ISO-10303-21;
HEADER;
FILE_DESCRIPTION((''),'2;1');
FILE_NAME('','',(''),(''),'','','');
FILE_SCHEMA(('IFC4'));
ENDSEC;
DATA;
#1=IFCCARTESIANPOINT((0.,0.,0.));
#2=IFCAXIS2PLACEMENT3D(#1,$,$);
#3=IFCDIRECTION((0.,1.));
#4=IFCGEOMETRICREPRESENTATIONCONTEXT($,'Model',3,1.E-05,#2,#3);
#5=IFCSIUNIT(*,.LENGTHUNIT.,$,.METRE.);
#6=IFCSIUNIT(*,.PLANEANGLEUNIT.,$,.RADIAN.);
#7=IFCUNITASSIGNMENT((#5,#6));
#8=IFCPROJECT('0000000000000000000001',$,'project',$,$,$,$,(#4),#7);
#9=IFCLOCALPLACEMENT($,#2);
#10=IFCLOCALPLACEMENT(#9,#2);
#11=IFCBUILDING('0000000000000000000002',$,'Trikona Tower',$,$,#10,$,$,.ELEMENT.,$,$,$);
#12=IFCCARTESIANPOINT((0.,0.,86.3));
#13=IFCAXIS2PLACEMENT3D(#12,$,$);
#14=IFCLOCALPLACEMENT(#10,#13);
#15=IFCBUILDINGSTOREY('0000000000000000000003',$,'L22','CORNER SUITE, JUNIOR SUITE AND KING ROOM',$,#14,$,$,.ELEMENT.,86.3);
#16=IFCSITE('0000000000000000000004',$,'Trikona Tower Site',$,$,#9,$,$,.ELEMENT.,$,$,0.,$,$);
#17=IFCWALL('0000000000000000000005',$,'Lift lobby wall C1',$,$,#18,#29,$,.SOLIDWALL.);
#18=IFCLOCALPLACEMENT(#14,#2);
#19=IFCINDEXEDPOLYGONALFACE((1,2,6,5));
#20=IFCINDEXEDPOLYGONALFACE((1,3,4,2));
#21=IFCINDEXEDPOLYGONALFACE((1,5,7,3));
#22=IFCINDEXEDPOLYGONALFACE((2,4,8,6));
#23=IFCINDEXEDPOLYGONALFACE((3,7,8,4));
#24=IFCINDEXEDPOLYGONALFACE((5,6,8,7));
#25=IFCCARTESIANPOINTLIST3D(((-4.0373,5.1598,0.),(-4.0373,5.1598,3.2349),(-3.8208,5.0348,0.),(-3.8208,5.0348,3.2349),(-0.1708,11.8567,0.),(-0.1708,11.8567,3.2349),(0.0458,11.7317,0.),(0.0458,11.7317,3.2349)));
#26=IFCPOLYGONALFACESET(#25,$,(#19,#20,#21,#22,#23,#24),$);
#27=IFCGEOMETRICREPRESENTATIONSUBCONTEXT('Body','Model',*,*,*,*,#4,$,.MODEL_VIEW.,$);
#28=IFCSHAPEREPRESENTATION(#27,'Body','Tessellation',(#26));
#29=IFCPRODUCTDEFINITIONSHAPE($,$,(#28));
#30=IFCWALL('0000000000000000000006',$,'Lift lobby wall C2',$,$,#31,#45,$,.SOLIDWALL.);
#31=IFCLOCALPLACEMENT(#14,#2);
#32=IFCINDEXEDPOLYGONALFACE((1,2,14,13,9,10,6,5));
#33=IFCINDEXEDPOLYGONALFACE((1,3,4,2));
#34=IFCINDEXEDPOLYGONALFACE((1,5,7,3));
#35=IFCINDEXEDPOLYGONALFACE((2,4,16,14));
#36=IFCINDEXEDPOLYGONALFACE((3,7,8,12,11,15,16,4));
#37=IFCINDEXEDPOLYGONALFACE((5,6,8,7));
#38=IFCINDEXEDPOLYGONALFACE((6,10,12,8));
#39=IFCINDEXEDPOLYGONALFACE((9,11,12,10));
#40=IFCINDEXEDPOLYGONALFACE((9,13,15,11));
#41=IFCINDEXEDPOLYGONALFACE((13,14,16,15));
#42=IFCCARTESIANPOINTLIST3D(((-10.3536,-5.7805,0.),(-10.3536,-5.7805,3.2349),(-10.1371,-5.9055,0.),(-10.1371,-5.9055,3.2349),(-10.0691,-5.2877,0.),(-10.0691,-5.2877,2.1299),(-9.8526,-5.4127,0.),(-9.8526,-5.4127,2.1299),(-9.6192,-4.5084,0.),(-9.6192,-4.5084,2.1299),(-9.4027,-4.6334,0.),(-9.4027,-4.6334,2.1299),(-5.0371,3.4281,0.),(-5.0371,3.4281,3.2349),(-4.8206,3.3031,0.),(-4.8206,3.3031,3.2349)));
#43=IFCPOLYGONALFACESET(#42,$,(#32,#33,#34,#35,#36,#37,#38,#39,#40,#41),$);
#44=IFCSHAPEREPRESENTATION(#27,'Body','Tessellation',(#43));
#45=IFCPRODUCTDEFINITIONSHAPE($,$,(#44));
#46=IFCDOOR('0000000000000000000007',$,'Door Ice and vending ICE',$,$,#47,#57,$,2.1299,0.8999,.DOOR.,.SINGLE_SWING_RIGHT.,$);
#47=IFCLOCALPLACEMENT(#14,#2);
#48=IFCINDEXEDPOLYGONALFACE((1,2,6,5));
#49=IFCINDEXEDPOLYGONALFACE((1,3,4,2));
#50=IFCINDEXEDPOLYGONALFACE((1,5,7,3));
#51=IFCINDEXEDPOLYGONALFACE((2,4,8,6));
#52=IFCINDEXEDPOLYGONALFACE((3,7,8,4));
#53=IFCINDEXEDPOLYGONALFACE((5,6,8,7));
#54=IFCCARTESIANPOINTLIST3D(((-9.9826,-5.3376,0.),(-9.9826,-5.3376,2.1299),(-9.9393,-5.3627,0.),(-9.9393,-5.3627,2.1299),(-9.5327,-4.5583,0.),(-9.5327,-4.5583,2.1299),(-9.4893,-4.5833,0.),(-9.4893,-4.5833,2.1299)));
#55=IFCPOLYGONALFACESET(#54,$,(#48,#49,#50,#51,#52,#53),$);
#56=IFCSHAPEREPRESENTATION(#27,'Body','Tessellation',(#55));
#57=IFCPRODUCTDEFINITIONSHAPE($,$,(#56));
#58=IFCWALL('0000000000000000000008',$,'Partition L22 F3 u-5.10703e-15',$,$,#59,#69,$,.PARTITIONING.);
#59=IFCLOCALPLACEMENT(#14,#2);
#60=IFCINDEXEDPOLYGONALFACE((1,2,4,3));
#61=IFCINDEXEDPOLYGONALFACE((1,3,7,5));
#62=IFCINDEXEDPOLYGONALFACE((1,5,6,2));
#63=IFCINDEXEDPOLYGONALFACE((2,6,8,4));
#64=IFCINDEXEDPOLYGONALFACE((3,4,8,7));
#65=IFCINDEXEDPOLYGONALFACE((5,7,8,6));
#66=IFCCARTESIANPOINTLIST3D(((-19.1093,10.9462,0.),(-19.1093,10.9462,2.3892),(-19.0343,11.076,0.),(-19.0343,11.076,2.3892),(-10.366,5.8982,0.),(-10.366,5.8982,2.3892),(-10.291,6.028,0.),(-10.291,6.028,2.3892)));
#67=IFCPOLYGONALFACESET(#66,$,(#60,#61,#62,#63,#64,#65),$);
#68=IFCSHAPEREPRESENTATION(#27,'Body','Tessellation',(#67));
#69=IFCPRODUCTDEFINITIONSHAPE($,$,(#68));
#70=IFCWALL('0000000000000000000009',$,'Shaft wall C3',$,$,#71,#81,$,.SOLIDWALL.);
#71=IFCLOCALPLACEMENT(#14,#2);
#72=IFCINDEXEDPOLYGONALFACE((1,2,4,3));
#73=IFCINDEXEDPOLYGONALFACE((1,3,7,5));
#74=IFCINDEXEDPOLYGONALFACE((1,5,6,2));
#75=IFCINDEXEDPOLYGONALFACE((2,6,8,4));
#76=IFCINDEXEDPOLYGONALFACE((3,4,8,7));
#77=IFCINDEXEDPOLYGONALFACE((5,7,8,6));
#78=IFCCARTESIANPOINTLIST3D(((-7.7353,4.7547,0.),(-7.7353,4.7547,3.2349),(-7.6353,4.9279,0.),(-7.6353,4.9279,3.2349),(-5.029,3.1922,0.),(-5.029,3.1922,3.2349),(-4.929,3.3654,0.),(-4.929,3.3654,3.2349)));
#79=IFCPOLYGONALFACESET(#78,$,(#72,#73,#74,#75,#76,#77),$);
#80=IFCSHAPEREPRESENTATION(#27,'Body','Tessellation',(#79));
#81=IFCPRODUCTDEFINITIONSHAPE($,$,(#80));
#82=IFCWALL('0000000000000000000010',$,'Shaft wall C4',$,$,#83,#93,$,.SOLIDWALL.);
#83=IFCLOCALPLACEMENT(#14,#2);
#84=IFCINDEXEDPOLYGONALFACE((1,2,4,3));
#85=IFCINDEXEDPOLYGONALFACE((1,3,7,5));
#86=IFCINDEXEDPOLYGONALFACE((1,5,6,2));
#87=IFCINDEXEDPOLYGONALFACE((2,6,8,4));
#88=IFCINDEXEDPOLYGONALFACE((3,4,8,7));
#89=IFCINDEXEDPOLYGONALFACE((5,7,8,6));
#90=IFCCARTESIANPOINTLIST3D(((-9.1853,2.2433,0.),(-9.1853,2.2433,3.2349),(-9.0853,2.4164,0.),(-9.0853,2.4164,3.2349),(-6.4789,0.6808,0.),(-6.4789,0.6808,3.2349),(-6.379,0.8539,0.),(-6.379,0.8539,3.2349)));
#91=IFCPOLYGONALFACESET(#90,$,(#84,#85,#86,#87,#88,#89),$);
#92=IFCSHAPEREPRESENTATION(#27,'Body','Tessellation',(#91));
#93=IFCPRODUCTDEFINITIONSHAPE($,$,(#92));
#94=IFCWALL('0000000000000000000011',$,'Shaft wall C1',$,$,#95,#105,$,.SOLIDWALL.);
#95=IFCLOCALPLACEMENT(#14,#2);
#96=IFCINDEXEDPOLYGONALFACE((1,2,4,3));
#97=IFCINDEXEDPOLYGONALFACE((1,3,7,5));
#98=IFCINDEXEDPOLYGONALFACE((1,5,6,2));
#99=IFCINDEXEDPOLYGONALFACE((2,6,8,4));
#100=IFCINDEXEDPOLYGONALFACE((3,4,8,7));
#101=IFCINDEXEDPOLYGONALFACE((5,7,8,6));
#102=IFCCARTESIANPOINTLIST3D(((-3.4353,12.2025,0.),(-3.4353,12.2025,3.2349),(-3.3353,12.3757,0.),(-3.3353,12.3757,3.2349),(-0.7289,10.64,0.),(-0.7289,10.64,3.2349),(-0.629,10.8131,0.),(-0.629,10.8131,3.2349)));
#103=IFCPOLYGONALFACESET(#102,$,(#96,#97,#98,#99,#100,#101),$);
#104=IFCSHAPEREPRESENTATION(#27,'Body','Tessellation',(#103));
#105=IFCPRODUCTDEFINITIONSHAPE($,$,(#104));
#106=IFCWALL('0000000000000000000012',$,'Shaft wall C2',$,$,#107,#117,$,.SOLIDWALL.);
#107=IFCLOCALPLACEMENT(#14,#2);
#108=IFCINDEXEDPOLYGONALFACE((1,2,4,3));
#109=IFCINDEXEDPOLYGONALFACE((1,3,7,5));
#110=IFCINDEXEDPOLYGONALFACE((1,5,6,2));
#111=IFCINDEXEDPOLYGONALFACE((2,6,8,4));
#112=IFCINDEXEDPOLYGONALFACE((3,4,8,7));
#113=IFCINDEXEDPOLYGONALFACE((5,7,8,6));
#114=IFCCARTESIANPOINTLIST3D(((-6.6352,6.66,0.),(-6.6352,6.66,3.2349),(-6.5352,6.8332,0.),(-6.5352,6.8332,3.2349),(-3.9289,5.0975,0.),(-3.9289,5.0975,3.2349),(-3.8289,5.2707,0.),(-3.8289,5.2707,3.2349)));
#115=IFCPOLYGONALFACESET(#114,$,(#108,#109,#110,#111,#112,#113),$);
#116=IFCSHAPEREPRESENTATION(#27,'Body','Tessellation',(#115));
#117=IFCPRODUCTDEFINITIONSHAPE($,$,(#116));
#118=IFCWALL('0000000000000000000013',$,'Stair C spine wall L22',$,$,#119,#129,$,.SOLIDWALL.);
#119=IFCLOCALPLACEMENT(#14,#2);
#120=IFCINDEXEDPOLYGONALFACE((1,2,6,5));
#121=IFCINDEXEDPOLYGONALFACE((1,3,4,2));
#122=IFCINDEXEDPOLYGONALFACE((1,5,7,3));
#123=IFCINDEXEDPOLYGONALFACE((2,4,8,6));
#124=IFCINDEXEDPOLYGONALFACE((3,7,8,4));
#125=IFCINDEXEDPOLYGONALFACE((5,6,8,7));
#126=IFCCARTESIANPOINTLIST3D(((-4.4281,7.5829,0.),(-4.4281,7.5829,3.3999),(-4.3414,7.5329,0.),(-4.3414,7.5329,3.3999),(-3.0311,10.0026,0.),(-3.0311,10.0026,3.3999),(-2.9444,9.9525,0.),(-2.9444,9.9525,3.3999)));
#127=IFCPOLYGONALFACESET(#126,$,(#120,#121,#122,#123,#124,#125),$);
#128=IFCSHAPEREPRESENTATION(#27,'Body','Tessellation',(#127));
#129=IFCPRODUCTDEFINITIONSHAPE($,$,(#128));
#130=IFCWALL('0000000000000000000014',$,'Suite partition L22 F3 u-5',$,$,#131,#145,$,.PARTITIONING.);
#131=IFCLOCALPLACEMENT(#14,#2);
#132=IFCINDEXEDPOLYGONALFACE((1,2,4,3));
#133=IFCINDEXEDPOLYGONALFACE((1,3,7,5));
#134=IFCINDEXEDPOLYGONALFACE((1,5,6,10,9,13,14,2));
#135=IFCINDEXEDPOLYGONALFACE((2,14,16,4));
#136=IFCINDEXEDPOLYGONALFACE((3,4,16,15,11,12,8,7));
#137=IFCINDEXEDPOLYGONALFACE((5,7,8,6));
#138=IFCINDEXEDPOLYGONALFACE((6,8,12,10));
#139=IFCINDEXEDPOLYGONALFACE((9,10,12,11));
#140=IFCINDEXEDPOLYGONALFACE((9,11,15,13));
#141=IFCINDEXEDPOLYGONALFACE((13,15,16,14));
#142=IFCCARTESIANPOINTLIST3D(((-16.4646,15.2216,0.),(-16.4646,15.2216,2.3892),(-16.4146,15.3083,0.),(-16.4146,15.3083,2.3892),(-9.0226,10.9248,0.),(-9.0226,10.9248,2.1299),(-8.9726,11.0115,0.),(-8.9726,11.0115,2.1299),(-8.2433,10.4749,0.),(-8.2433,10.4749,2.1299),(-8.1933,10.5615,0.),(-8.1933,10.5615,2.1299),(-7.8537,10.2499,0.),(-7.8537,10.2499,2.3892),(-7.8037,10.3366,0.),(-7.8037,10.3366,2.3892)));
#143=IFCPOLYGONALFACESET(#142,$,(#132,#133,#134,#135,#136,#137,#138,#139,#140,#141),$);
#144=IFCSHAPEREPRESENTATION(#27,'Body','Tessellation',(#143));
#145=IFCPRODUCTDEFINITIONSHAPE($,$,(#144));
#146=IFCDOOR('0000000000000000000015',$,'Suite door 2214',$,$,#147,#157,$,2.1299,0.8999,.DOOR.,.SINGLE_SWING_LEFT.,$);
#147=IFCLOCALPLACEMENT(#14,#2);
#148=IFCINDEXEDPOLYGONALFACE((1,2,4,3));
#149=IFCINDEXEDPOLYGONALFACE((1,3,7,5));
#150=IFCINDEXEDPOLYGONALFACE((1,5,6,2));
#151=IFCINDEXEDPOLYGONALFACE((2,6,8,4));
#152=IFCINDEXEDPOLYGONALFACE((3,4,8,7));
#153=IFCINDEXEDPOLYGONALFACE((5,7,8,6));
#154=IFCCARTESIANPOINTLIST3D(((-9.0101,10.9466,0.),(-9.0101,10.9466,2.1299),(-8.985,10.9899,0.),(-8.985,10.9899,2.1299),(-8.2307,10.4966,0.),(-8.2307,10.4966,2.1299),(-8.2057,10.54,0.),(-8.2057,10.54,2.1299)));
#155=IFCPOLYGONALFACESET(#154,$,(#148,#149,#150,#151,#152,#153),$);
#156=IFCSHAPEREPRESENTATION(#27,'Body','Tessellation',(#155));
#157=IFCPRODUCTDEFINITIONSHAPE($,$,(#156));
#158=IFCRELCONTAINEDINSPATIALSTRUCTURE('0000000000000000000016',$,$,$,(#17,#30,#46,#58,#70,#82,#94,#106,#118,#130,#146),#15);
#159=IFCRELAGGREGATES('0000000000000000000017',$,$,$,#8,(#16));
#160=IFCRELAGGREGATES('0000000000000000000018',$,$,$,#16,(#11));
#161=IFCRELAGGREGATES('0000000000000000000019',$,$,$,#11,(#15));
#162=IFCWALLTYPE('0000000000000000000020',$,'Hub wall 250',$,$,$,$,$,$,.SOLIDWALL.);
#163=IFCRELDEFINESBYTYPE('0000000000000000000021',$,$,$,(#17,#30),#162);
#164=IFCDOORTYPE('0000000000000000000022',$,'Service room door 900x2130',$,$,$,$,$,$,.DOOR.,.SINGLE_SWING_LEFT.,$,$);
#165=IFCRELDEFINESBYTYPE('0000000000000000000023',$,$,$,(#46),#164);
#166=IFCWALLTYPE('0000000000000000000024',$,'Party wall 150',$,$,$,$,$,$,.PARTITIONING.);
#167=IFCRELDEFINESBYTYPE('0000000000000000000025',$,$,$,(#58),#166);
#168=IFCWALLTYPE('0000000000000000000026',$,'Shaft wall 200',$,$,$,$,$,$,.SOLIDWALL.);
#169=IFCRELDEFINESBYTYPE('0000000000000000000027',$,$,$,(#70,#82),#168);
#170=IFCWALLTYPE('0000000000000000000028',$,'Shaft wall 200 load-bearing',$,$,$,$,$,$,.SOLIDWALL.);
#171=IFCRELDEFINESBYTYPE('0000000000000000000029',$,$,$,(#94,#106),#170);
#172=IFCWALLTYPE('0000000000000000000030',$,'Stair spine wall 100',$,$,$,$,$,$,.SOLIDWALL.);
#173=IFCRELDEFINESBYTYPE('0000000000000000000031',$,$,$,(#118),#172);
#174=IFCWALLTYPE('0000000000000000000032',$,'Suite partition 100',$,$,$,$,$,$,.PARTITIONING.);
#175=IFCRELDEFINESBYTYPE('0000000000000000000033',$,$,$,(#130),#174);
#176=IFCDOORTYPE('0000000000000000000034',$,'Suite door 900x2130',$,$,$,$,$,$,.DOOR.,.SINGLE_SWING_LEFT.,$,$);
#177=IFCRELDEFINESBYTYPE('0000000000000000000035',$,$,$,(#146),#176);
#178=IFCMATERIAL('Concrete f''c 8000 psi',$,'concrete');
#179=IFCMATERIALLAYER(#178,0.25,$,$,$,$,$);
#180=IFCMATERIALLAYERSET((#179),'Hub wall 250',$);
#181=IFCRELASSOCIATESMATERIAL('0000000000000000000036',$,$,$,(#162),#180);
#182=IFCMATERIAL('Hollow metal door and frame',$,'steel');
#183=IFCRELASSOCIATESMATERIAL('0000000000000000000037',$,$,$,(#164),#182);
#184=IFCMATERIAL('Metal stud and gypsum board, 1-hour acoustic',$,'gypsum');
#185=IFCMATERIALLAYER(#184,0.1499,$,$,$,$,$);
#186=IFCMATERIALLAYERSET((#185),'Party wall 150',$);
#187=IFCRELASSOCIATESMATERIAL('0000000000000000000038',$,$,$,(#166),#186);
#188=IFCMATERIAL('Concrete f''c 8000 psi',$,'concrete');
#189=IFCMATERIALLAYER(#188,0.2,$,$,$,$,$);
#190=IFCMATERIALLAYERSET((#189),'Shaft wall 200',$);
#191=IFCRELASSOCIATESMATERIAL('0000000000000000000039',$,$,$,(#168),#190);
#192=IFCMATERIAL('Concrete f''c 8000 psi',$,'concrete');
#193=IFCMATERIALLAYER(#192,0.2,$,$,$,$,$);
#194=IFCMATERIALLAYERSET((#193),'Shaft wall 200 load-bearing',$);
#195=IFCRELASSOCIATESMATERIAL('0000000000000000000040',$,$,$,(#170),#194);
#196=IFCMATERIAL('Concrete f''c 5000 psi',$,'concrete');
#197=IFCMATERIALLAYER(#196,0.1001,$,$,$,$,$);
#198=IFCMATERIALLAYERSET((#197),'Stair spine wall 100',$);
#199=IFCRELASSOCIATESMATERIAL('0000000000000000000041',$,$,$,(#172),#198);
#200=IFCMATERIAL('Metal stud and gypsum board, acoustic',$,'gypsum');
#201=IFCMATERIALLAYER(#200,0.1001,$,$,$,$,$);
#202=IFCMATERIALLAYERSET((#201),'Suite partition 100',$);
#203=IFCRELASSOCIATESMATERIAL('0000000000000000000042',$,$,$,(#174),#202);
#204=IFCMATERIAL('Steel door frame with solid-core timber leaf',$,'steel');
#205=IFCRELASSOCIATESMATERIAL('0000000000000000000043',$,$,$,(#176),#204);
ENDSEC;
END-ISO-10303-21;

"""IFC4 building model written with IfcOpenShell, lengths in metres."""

from ifc_helpers import new_model, si_unit, direction, frame, frame_2d, origin, place, context, subcontext, project, spatial, rectangle, extrude, material, layer, layer_set, type_object, element, fill, save


model = new_model("IFC4")

# Units and contexts
model_context = context("Model", 3, precision=1e-05, world=origin(), true_north=direction((0.0, 1.0)))
body_context = subcontext(model_context, "Body", "Model", "MODEL_VIEW")
ifc_project = project(units=[si_unit("LENGTHUNIT", "METRE"), si_unit("PLANEANGLEUNIT", "RADIAN")], contexts=[model_context])

# Site, building, storey
site_placement = place(None, origin())
site = spatial("IfcSite", under=ifc_project, at=site_placement, Name="Trikona Tower Site", CompositionType="ELEMENT", RefElevation=0.0)
building_placement = place(site_placement, origin())
building = spatial("IfcBuilding", under=site, at=building_placement, Name="Trikona Tower", CompositionType="ELEMENT")
storey_placement = place(building_placement, frame((0.0, 0.0, 86.3)))
storey = spatial("IfcBuildingStorey", under=building, at=storey_placement, Name="L22", Description="CORNER SUITE, JUNIOR SUITE AND KING ROOM", CompositionType="ELEMENT", Elevation=86.3)

# Wall
ifc_material_1 = material(Name="Concrete f'c 8000 psi", Category="concrete")
ifc_layer_1 = layer(ifc_material_1, 0.25)
ifc_layer_set_1 = layer_set([ifc_layer_1], Name="Hub wall 250")
wall_type_1 = type_object("IfcWallType", Name="Hub wall 250", PredefinedType="SOLIDWALL", material=ifc_layer_set_1)
wall_1_placement = place(storey_placement, frame((-0.0625, 11.7942, 0.0), z_axis=(0.0, 0.0, 1.0), x_axis=(-0.500007, -0.866022, 0.0)))
element("IfcWall", 1, at=wall_1_placement, inside=storey, type_object=wall_type_1, Name="Lift lobby wall C1", PredefinedType="SOLIDWALL", context=body_context, shape_type="SweptSolid", body=[
    extrude(rectangle(XDim=7.7329, YDim=0.25, at=frame_2d((3.8665, 0.0))), origin(), (0.0, 0.0, 1.0), 3.2349),
])

# Wall, opening, door
wall_2_placement = place(storey_placement, frame((-4.929, 3.3655, 0.0), z_axis=(0.0, 0.0, 1.0), x_axis=(-0.499991, -0.86603, 0.0)))
wall_2 = element("IfcWall", 2, at=wall_2_placement, inside=storey, type_object=wall_type_1, Name="Lift lobby wall C2", PredefinedType="SOLIDWALL", context=body_context, shape_type="SweptSolid", body=[
    extrude(rectangle(XDim=10.6331, YDim=0.25, at=frame_2d((5.3164, 0.0))), origin(), (0.0, 0.0, 1.0), 3.2349),
])
opening_1_placement = place(wall_2_placement, frame((9.1641, 0.0, 0.0)))
opening_1 = element("IfcOpeningElement", 3, at=opening_1_placement, cuts=wall_2, PredefinedType="OPENING", context=body_context, shape_type="SweptSolid", body=[
    extrude(rectangle(XDim=0.8999, YDim=2.1299, at=frame_2d((0.45, 1.0649))), frame((0.0, 0.135, 0.0), z_axis=(0.0, -1.0, 0.0), x_axis=(1.0, 0.0, 0.0)), (0.0, 0.0, 1.0), 0.27),
])
ifc_material_2 = material(Name="Hollow metal door and frame", Category="steel")
door_type_1 = type_object("IfcDoorType", Name="Service room door 900x2130", OperationType="SINGLE_SWING_LEFT", PredefinedType="DOOR", material=ifc_material_2)
door_1_placement = place(opening_1_placement, origin())
door_1 = element("IfcDoor", 4, at=door_1_placement, inside=storey, type_object=door_type_1, Name="Door Ice and vending ICE", OperationType="SINGLE_SWING_RIGHT", OverallHeight=2.1299, OverallWidth=0.8999, PredefinedType="DOOR", context=body_context, shape_type="SweptSolid", body=[
    extrude(rectangle(XDim=0.8999, YDim=2.1299, at=frame_2d((0.45, 1.0649))), frame((0.0, 0.0249, 0.0), z_axis=(0.0, -1.0, 0.0), x_axis=(1.0, 0.0, 0.0)), (0.0, 0.0, 1.0), 0.05),
])
fill(opening_1, door_1)

# Walls
ifc_material_3 = material(Name="Metal stud and gypsum board, 1-hour acoustic", Category="gypsum")
ifc_layer_2 = layer(ifc_material_3, 0.1499)
ifc_layer_set_2 = layer_set([ifc_layer_2], Name="Party wall 150")
wall_type_2 = type_object("IfcWallType", Name="Party wall 150", PredefinedType="PARTITIONING", material=ifc_layer_set_2)
wall_3_placement = place(storey_placement, frame((-10.3286, 5.9631, 0.0), z_axis=(0.0, 0.0, 1.0), x_axis=(-0.866022, 0.500006, 0.0)))
element("IfcWall", 5, at=wall_3_placement, inside=storey, type_object=wall_type_2, Name="Partition L22 F3 u-5.10703e-15", PredefinedType="PARTITIONING", context=body_context, shape_type="SweptSolid", body=[
    extrude(rectangle(XDim=10.0959, YDim=0.1499, at=frame_2d((5.0479, 0.0))), origin(), (0.0, 0.0, 1.0), 2.3892),
])
ifc_material_4 = material(Name="Concrete f'c 8000 psi", Category="concrete")
ifc_layer_3 = layer(ifc_material_4, 0.2)
ifc_layer_set_3 = layer_set([ifc_layer_3], Name="Shaft wall 200")
wall_type_3 = type_object("IfcWallType", Name="Shaft wall 200", PredefinedType="SOLIDWALL", material=ifc_layer_set_3)
for number, where, z_axis, x_axis, name in (
    (6, (-4.979, 3.2788, 0.0), (0.0, 0.0, 1.0), (-0.866023, 0.500004, 0.0), "Shaft wall C3"),
    (7, (-6.429, 0.7673, 0.0), (0.0, 0.0, 1.0), (-0.866023, 0.500004, 0.0), "Shaft wall C4"),
):
    element("IfcWall", number, at=place(storey_placement, frame(where, z_axis=z_axis, x_axis=x_axis)), inside=storey, type_object=wall_type_3, Name=name, PredefinedType="SOLIDWALL", context=body_context, shape_type="SweptSolid", body=[
        extrude(rectangle(XDim=3.125, YDim=0.2, at=frame_2d((1.5625, 0.0))), origin(), (0.0, 0.0, 1.0), 3.2349),
    ])
ifc_material_5 = material(Name="Concrete f'c 8000 psi", Category="concrete")
ifc_layer_4 = layer(ifc_material_5, 0.2)
ifc_layer_set_4 = layer_set([ifc_layer_4], Name="Shaft wall 200 load-bearing")
wall_type_4 = type_object("IfcWallType", Name="Shaft wall 200 load-bearing", PredefinedType="SOLIDWALL", material=ifc_layer_set_4)
for number, where, z_axis, x_axis, name in (
    (8, (-0.679, 10.7266, 0.0), (0.0, 0.0, 1.0), (-0.866023, 0.500004, 0.0), "Shaft wall C1"),
    (9, (-3.8789, 5.1841, 0.0), (0.0, 0.0, 1.0), (-0.866023, 0.500004, 0.0), "Shaft wall C2"),
):
    element("IfcWall", number, at=place(storey_placement, frame(where, z_axis=z_axis, x_axis=x_axis)), inside=storey, type_object=wall_type_4, Name=name, PredefinedType="SOLIDWALL", context=body_context, shape_type="SweptSolid", body=[
        extrude(rectangle(XDim=3.125, YDim=0.2, at=frame_2d((1.5625, 0.0))), origin(), (0.0, 0.0, 1.0), 3.2349),
    ])
ifc_material_6 = material(Name="Concrete f'c 5000 psi", Category="concrete")
ifc_layer_5 = layer(ifc_material_6, 0.1001)
ifc_layer_set_5 = layer_set([ifc_layer_5], Name="Stair spine wall 100")
wall_type_5 = type_object("IfcWallType", Name="Stair spine wall 100", PredefinedType="SOLIDWALL", material=ifc_layer_set_5)
wall_4_placement = place(storey_placement, frame((-2.9878, 9.9775, 0.0), z_axis=(0.0, 0.0, 1.0), x_axis=(-0.499992, -0.86603, 0.0)))
element("IfcWall", 10, at=wall_4_placement, inside=storey, type_object=wall_type_5, Name="Stair C spine wall L22", PredefinedType="SOLIDWALL", context=body_context, shape_type="SweptSolid", body=[
    extrude(rectangle(XDim=2.7939, YDim=0.1001, at=frame_2d((1.397, 0.0))), origin(), (0.0, 0.0, 1.0), 3.3999),
])

# Wall, opening, door
ifc_material_7 = material(Name="Metal stud and gypsum board, acoustic", Category="gypsum")
ifc_layer_6 = layer(ifc_material_7, 0.1001)
ifc_layer_set_6 = layer_set([ifc_layer_6], Name="Suite partition 100")
wall_type_6 = type_object("IfcWallType", Name="Suite partition 100", PredefinedType="PARTITIONING", material=ifc_layer_set_6)
wall_5_placement = place(storey_placement, frame((-7.8286, 10.2932, 0.0), z_axis=(0.0, 0.0, 1.0), x_axis=(-0.866016, 0.500016, 0.0)))
wall_5 = element("IfcWall", 11, at=wall_5_placement, inside=storey, type_object=wall_type_6, Name="Suite partition L22 F3 u-5", PredefinedType="PARTITIONING", context=body_context, shape_type="SweptSolid", body=[
    extrude(rectangle(XDim=9.9431, YDim=0.1001, at=frame_2d((4.9717, 0.0))), origin(), (0.0, 0.0, 1.0), 2.3892),
])
opening_2_placement = place(wall_5_placement, frame((0.45, 0.0, 0.0)))
opening_2 = element("IfcOpeningElement", 12, at=opening_2_placement, cuts=wall_5, PredefinedType="OPENING", context=body_context, shape_type="SweptSolid", body=[
    extrude(rectangle(XDim=0.8999, YDim=2.1299, at=frame_2d((0.45, 1.0649))), frame((0.0, 0.0601, 0.0), z_axis=(0.0, -1.0, 0.0), x_axis=(1.0, 0.0, 0.0)), (0.0, 0.0, 1.0), 0.1201),
])
ifc_material_8 = material(Name="Steel door frame with solid-core timber leaf", Category="steel")
door_type_2 = type_object("IfcDoorType", Name="Suite door 900x2130", OperationType="SINGLE_SWING_LEFT", PredefinedType="DOOR", material=ifc_material_8)
door_2_placement = place(opening_2_placement, origin())
door_2 = element("IfcDoor", 13, at=door_2_placement, inside=storey, type_object=door_type_2, Name="Suite door 2214", OperationType="SINGLE_SWING_LEFT", OverallHeight=2.1299, OverallWidth=0.8999, PredefinedType="DOOR", context=body_context, shape_type="SweptSolid", body=[
    extrude(rectangle(XDim=0.8999, YDim=2.1299, at=frame_2d((0.45, 1.0649))), frame((0.0, 0.0249, 0.0), z_axis=(0.0, -1.0, 0.0), x_axis=(1.0, 0.0, 0.0)), (0.0, 0.0, 1.0), 0.05),
])
fill(opening_2, door_2)

save(model, "model.ifc")
